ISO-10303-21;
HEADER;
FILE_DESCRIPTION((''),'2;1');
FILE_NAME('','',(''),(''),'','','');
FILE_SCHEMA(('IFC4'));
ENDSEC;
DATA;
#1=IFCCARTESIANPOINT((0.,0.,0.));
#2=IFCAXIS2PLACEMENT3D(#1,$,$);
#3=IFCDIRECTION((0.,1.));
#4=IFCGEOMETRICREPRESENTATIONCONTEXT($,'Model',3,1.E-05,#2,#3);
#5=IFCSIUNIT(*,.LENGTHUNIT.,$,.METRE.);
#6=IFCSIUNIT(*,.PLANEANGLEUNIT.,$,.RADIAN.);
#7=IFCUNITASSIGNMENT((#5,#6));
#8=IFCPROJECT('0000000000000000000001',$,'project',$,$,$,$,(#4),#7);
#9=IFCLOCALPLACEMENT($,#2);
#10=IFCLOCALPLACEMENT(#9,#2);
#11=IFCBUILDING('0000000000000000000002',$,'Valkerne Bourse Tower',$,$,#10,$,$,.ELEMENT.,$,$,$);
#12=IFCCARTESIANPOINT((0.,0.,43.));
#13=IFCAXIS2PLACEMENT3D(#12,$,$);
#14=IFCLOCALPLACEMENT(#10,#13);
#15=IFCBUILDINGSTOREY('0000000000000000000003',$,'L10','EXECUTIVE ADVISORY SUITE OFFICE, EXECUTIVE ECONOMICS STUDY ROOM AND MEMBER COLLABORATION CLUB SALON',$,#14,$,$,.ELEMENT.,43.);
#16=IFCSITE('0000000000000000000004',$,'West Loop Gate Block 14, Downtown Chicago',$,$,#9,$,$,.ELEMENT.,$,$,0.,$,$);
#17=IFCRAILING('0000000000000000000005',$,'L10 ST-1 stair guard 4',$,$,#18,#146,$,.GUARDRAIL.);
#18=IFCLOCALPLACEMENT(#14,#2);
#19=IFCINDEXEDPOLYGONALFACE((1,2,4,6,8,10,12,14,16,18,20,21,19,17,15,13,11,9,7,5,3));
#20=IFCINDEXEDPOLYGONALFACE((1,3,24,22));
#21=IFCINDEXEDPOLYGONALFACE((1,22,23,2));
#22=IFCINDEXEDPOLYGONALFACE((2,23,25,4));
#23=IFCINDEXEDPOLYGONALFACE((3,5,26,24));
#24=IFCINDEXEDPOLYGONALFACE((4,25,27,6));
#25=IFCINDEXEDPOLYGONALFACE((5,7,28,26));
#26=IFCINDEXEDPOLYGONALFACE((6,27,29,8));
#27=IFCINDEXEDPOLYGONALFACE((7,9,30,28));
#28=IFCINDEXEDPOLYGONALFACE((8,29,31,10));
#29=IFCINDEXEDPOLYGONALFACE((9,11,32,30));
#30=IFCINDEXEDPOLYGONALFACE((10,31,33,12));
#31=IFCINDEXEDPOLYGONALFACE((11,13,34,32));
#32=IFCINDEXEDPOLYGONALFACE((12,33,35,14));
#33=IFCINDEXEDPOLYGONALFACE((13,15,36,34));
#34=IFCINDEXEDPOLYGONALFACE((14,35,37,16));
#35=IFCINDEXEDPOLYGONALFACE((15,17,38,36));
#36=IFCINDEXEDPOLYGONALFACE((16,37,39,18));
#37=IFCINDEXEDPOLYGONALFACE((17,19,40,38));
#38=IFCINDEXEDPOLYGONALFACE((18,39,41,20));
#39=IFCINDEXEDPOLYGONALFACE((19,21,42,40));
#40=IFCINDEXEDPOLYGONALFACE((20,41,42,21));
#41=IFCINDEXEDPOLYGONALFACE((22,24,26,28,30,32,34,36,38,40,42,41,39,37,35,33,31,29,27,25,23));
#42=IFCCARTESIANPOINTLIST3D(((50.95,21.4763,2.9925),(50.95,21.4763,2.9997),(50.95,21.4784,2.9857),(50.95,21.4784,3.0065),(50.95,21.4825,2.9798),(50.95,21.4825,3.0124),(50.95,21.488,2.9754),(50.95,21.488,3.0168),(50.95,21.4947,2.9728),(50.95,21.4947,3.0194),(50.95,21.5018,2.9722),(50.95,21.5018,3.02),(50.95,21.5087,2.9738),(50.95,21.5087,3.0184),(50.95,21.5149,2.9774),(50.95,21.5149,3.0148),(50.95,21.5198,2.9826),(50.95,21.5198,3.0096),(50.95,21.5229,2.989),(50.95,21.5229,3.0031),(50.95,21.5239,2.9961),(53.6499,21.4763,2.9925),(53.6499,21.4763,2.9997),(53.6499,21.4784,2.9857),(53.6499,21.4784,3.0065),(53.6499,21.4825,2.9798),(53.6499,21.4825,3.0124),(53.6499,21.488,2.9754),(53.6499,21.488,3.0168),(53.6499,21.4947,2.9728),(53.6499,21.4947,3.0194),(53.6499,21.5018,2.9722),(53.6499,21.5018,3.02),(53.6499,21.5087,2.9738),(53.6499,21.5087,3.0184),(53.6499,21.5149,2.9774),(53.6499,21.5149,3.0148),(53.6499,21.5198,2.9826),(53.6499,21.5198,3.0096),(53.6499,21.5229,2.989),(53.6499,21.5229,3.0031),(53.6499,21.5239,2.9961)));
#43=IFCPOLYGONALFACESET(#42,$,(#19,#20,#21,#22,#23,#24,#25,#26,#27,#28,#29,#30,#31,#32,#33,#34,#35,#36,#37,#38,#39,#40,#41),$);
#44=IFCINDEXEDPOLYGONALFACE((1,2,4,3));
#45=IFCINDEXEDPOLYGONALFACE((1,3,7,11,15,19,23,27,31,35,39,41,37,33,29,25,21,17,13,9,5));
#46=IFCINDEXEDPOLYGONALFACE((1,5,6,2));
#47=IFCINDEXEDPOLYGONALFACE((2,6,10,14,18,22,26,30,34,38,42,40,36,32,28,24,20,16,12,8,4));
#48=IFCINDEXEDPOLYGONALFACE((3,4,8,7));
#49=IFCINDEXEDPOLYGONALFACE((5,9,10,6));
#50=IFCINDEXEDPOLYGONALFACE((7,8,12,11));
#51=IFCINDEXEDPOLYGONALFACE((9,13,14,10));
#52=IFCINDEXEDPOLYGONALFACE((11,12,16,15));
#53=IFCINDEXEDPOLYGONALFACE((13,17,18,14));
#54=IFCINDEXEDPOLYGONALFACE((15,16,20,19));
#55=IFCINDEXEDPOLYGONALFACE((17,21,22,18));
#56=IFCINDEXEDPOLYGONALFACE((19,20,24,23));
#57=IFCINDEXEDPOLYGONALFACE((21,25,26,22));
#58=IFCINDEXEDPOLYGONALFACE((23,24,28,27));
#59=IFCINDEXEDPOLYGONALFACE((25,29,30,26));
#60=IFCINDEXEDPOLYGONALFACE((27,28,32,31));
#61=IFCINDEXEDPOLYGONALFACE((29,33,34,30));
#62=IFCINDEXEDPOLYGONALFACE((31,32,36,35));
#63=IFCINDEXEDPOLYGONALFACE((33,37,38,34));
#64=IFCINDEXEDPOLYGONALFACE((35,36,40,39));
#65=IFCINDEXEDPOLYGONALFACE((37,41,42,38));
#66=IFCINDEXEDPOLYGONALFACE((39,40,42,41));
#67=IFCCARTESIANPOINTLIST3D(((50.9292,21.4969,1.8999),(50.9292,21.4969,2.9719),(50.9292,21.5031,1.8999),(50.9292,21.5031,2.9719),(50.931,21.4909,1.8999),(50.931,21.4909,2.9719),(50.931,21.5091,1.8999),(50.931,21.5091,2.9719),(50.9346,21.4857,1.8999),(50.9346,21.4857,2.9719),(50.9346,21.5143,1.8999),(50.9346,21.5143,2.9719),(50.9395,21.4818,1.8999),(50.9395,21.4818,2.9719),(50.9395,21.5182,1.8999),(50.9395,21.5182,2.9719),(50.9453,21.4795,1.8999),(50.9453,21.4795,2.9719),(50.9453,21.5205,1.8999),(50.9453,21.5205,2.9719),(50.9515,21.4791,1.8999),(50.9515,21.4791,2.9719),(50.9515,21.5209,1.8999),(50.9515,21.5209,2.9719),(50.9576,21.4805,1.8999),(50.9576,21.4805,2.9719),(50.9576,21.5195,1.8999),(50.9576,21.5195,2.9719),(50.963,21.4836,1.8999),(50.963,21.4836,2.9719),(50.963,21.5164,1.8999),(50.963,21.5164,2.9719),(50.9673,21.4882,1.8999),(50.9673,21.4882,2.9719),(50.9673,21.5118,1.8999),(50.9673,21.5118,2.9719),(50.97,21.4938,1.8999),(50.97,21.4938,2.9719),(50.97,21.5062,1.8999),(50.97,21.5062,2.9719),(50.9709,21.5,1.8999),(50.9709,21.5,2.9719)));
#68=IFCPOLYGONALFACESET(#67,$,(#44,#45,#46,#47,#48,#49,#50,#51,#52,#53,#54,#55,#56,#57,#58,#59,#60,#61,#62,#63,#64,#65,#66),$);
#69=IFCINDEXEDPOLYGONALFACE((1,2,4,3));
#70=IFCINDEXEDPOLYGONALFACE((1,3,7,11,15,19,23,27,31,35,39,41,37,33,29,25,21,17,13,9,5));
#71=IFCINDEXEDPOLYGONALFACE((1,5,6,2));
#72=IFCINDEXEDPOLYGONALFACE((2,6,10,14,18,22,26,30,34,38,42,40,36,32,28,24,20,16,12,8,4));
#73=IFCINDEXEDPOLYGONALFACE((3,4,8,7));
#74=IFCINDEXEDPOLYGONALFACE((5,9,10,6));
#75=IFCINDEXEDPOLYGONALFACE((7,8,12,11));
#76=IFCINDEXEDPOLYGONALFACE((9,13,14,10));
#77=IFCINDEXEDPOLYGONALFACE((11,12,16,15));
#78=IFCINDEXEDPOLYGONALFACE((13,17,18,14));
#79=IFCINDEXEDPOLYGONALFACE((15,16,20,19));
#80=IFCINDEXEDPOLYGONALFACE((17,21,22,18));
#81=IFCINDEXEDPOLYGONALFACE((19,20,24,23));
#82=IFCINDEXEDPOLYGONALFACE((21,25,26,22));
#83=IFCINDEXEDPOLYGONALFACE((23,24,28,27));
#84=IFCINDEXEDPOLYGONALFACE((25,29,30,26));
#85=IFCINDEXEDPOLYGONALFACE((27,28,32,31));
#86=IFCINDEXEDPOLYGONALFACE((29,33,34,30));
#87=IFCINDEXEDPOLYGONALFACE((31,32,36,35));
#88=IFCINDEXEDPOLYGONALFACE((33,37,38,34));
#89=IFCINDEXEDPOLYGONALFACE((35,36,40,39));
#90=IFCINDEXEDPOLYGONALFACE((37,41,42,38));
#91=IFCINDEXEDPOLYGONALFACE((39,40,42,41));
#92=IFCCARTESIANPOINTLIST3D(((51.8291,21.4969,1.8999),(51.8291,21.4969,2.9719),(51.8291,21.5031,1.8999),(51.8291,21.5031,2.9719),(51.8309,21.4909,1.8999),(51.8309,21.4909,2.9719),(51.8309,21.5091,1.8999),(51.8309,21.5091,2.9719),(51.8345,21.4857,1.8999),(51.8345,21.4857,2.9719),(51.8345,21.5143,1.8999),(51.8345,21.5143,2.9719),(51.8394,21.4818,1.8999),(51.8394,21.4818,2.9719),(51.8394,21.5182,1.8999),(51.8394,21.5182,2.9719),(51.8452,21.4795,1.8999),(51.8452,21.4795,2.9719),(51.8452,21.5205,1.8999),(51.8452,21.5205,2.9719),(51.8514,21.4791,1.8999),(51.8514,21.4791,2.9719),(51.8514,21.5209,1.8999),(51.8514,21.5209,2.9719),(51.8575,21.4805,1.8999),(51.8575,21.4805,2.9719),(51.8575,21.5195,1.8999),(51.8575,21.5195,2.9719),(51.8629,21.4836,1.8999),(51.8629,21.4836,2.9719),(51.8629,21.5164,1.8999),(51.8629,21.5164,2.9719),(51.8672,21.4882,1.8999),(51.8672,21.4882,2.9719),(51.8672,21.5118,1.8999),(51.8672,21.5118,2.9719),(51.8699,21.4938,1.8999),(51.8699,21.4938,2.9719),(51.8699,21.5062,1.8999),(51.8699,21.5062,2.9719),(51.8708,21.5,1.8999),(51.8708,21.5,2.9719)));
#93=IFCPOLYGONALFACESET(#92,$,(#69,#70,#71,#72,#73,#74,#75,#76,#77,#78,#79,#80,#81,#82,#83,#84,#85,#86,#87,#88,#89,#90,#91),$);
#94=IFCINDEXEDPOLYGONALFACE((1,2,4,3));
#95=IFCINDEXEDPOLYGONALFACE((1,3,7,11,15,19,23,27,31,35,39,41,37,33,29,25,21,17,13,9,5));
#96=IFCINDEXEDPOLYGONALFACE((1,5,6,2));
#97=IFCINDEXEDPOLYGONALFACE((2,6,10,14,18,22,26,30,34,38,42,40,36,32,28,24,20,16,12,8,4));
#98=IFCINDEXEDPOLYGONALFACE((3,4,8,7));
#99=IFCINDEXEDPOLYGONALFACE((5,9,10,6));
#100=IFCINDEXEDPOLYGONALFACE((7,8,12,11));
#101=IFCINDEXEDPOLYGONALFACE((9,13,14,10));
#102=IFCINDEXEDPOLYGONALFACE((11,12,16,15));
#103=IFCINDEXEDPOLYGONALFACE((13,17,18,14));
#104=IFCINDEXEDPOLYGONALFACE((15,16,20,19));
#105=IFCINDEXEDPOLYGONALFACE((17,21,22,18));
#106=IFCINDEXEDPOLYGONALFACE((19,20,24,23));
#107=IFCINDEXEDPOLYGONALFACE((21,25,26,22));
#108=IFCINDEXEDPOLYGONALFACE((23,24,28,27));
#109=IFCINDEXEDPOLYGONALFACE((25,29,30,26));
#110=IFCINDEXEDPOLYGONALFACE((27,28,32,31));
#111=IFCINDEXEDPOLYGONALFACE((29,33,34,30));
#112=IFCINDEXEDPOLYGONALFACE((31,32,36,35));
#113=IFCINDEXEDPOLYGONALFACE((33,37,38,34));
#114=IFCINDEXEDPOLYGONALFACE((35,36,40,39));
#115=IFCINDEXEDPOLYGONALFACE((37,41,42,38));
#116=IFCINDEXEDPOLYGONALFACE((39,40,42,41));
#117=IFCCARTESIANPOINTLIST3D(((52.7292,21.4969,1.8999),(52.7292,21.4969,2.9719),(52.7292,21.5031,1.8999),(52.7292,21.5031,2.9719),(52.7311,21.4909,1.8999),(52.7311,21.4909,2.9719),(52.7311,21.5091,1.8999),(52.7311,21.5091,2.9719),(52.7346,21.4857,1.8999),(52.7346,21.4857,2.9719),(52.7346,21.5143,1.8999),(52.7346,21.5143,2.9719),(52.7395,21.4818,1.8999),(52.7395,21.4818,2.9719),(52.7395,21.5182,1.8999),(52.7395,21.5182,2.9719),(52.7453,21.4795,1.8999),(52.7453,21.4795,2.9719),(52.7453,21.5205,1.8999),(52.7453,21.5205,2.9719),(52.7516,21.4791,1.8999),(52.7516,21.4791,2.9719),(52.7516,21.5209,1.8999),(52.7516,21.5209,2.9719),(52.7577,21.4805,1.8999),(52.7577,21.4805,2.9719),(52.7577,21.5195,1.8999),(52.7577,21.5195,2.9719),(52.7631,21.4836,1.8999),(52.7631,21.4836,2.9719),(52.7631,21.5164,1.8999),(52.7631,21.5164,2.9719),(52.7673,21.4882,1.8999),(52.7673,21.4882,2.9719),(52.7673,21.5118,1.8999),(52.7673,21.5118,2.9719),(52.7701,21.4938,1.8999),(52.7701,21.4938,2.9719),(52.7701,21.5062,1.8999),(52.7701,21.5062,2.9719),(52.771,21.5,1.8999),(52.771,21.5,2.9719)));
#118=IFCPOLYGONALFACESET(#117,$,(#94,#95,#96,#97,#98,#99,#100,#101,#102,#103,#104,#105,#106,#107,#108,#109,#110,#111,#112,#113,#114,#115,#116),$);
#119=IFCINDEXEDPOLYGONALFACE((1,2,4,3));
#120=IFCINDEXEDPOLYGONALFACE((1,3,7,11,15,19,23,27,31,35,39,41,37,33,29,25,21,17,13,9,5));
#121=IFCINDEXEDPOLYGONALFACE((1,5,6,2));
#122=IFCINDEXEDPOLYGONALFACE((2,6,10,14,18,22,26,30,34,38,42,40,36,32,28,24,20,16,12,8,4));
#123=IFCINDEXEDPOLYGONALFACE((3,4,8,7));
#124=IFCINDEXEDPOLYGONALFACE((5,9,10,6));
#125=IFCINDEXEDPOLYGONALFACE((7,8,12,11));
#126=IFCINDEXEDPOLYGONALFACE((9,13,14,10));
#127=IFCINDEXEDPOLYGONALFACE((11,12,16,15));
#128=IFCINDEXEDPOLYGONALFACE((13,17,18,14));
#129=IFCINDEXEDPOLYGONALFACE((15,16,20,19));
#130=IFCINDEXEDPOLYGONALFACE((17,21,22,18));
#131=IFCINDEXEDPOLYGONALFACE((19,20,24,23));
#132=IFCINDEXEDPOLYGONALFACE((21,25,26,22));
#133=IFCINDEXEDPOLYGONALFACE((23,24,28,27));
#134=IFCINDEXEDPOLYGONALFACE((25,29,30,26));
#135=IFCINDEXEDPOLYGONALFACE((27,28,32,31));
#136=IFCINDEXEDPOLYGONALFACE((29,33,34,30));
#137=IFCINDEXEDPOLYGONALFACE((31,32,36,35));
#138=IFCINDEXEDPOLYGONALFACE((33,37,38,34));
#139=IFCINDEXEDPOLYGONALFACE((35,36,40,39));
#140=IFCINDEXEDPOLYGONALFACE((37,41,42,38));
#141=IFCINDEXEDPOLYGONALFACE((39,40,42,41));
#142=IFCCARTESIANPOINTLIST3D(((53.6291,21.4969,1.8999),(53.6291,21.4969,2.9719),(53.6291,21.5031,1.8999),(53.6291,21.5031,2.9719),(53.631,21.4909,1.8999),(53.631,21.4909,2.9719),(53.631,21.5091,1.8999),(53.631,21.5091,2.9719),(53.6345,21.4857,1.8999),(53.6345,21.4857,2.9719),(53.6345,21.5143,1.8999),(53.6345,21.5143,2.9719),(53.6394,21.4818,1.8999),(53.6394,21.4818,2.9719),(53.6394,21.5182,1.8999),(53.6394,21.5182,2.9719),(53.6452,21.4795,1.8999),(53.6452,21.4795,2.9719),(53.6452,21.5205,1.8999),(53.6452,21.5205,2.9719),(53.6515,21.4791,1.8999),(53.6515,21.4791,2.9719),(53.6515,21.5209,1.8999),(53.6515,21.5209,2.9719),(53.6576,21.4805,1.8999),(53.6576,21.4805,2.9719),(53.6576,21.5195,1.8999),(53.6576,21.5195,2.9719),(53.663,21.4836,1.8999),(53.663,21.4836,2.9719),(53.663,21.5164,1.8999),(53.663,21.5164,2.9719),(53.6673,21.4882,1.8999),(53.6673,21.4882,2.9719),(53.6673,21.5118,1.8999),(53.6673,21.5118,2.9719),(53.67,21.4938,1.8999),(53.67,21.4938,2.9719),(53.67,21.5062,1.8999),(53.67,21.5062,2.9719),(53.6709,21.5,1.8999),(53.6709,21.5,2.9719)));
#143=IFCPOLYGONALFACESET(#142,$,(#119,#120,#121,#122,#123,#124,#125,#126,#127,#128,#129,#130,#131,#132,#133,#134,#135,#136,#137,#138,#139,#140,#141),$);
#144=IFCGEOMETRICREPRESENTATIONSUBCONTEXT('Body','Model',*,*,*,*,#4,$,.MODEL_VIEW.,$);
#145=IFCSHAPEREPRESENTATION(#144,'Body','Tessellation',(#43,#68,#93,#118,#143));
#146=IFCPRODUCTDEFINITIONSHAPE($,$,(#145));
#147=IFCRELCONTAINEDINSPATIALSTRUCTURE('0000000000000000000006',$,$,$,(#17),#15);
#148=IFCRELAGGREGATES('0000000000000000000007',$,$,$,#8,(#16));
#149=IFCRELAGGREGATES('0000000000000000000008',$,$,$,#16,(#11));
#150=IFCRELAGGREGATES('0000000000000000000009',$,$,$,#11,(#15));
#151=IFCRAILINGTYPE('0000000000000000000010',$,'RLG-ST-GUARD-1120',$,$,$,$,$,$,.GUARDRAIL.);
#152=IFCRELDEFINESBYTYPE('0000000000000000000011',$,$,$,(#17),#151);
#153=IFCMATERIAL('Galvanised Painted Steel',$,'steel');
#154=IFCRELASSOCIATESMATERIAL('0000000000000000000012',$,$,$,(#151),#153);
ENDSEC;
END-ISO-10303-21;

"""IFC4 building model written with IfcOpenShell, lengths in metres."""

from ifc_helpers import new_model, si_unit, direction, frame, origin, origin_2d, place, context, subcontext, project, spatial, circle, extrude, material, type_object, element, save


model = new_model("IFC4")

# Units and contexts
model_context = context("Model", 3, precision=1e-05, world=origin(), true_north=direction((0.0, 1.0)))
body_context = subcontext(model_context, "Body", "Model", "MODEL_VIEW")
ifc_project = project(units=[si_unit("LENGTHUNIT", "METRE"), si_unit("PLANEANGLEUNIT", "RADIAN")], contexts=[model_context])

# Site, building, storey
site_placement = place(None, origin())
site = spatial("IfcSite", under=ifc_project, at=site_placement, Name="West Loop Gate Block 14, Downtown Chicago", CompositionType="ELEMENT", RefElevation=0.0)
building_placement = place(site_placement, origin())
building = spatial("IfcBuilding", under=site, at=building_placement, Name="Valkerne Bourse Tower", CompositionType="ELEMENT")
storey_placement = place(building_placement, frame((0.0, 0.0, 43.0)))
storey = spatial("IfcBuildingStorey", under=building, at=storey_placement, Name="L10", Description="EXECUTIVE ADVISORY SUITE OFFICE, EXECUTIVE ECONOMICS STUDY ROOM AND MEMBER COLLABORATION CLUB SALON", CompositionType="ELEMENT", Elevation=43.0)

# Shared definitions
ifc_material_1 = material(Name="Galvanised Painted Steel", Category="steel")

# Railing
railing_type_1 = type_object("IfcRailingType", Name="RLG-ST-GUARD-1120", PredefinedType="GUARDRAIL", material=ifc_material_1)
for number, where, name in (
    (1, (50.95, 21.5, 1.8999), "L10 ST-1 stair guard 4"),
):
    element("IfcRailing", number, at=place(storey_placement, frame(where)), inside=storey, type_object=railing_type_1, Name=name, PredefinedType="GUARDRAIL", context=body_context, shape_type="SweptSolid", body=[
        extrude(circle(Radius=0.0239, at=origin_2d()), frame((0.0, 0.0, 1.0962), z_axis=(1.0, 0.0, 0.0), x_axis=(0.0, 1.0, 0.0)), (0.0, 0.0, 1.0), 2.7),
        extrude(circle(Radius=0.021, at=origin_2d()), origin(), (0.0, 0.0, 1.0), 1.072),
        extrude(circle(Radius=0.021, at=origin_2d()), frame((0.8999, 0.0, 0.0)), (0.0, 0.0, 1.0), 1.072),
        extrude(circle(Radius=0.021, at=origin_2d()), frame((1.8, 0.0, 0.0)), (0.0, 0.0, 1.0), 1.072),
        extrude(circle(Radius=0.021, at=origin_2d()), frame((2.7, 0.0, 0.0)), (0.0, 0.0, 1.0), 1.072),
    ])

save(model, "model.ifc")
